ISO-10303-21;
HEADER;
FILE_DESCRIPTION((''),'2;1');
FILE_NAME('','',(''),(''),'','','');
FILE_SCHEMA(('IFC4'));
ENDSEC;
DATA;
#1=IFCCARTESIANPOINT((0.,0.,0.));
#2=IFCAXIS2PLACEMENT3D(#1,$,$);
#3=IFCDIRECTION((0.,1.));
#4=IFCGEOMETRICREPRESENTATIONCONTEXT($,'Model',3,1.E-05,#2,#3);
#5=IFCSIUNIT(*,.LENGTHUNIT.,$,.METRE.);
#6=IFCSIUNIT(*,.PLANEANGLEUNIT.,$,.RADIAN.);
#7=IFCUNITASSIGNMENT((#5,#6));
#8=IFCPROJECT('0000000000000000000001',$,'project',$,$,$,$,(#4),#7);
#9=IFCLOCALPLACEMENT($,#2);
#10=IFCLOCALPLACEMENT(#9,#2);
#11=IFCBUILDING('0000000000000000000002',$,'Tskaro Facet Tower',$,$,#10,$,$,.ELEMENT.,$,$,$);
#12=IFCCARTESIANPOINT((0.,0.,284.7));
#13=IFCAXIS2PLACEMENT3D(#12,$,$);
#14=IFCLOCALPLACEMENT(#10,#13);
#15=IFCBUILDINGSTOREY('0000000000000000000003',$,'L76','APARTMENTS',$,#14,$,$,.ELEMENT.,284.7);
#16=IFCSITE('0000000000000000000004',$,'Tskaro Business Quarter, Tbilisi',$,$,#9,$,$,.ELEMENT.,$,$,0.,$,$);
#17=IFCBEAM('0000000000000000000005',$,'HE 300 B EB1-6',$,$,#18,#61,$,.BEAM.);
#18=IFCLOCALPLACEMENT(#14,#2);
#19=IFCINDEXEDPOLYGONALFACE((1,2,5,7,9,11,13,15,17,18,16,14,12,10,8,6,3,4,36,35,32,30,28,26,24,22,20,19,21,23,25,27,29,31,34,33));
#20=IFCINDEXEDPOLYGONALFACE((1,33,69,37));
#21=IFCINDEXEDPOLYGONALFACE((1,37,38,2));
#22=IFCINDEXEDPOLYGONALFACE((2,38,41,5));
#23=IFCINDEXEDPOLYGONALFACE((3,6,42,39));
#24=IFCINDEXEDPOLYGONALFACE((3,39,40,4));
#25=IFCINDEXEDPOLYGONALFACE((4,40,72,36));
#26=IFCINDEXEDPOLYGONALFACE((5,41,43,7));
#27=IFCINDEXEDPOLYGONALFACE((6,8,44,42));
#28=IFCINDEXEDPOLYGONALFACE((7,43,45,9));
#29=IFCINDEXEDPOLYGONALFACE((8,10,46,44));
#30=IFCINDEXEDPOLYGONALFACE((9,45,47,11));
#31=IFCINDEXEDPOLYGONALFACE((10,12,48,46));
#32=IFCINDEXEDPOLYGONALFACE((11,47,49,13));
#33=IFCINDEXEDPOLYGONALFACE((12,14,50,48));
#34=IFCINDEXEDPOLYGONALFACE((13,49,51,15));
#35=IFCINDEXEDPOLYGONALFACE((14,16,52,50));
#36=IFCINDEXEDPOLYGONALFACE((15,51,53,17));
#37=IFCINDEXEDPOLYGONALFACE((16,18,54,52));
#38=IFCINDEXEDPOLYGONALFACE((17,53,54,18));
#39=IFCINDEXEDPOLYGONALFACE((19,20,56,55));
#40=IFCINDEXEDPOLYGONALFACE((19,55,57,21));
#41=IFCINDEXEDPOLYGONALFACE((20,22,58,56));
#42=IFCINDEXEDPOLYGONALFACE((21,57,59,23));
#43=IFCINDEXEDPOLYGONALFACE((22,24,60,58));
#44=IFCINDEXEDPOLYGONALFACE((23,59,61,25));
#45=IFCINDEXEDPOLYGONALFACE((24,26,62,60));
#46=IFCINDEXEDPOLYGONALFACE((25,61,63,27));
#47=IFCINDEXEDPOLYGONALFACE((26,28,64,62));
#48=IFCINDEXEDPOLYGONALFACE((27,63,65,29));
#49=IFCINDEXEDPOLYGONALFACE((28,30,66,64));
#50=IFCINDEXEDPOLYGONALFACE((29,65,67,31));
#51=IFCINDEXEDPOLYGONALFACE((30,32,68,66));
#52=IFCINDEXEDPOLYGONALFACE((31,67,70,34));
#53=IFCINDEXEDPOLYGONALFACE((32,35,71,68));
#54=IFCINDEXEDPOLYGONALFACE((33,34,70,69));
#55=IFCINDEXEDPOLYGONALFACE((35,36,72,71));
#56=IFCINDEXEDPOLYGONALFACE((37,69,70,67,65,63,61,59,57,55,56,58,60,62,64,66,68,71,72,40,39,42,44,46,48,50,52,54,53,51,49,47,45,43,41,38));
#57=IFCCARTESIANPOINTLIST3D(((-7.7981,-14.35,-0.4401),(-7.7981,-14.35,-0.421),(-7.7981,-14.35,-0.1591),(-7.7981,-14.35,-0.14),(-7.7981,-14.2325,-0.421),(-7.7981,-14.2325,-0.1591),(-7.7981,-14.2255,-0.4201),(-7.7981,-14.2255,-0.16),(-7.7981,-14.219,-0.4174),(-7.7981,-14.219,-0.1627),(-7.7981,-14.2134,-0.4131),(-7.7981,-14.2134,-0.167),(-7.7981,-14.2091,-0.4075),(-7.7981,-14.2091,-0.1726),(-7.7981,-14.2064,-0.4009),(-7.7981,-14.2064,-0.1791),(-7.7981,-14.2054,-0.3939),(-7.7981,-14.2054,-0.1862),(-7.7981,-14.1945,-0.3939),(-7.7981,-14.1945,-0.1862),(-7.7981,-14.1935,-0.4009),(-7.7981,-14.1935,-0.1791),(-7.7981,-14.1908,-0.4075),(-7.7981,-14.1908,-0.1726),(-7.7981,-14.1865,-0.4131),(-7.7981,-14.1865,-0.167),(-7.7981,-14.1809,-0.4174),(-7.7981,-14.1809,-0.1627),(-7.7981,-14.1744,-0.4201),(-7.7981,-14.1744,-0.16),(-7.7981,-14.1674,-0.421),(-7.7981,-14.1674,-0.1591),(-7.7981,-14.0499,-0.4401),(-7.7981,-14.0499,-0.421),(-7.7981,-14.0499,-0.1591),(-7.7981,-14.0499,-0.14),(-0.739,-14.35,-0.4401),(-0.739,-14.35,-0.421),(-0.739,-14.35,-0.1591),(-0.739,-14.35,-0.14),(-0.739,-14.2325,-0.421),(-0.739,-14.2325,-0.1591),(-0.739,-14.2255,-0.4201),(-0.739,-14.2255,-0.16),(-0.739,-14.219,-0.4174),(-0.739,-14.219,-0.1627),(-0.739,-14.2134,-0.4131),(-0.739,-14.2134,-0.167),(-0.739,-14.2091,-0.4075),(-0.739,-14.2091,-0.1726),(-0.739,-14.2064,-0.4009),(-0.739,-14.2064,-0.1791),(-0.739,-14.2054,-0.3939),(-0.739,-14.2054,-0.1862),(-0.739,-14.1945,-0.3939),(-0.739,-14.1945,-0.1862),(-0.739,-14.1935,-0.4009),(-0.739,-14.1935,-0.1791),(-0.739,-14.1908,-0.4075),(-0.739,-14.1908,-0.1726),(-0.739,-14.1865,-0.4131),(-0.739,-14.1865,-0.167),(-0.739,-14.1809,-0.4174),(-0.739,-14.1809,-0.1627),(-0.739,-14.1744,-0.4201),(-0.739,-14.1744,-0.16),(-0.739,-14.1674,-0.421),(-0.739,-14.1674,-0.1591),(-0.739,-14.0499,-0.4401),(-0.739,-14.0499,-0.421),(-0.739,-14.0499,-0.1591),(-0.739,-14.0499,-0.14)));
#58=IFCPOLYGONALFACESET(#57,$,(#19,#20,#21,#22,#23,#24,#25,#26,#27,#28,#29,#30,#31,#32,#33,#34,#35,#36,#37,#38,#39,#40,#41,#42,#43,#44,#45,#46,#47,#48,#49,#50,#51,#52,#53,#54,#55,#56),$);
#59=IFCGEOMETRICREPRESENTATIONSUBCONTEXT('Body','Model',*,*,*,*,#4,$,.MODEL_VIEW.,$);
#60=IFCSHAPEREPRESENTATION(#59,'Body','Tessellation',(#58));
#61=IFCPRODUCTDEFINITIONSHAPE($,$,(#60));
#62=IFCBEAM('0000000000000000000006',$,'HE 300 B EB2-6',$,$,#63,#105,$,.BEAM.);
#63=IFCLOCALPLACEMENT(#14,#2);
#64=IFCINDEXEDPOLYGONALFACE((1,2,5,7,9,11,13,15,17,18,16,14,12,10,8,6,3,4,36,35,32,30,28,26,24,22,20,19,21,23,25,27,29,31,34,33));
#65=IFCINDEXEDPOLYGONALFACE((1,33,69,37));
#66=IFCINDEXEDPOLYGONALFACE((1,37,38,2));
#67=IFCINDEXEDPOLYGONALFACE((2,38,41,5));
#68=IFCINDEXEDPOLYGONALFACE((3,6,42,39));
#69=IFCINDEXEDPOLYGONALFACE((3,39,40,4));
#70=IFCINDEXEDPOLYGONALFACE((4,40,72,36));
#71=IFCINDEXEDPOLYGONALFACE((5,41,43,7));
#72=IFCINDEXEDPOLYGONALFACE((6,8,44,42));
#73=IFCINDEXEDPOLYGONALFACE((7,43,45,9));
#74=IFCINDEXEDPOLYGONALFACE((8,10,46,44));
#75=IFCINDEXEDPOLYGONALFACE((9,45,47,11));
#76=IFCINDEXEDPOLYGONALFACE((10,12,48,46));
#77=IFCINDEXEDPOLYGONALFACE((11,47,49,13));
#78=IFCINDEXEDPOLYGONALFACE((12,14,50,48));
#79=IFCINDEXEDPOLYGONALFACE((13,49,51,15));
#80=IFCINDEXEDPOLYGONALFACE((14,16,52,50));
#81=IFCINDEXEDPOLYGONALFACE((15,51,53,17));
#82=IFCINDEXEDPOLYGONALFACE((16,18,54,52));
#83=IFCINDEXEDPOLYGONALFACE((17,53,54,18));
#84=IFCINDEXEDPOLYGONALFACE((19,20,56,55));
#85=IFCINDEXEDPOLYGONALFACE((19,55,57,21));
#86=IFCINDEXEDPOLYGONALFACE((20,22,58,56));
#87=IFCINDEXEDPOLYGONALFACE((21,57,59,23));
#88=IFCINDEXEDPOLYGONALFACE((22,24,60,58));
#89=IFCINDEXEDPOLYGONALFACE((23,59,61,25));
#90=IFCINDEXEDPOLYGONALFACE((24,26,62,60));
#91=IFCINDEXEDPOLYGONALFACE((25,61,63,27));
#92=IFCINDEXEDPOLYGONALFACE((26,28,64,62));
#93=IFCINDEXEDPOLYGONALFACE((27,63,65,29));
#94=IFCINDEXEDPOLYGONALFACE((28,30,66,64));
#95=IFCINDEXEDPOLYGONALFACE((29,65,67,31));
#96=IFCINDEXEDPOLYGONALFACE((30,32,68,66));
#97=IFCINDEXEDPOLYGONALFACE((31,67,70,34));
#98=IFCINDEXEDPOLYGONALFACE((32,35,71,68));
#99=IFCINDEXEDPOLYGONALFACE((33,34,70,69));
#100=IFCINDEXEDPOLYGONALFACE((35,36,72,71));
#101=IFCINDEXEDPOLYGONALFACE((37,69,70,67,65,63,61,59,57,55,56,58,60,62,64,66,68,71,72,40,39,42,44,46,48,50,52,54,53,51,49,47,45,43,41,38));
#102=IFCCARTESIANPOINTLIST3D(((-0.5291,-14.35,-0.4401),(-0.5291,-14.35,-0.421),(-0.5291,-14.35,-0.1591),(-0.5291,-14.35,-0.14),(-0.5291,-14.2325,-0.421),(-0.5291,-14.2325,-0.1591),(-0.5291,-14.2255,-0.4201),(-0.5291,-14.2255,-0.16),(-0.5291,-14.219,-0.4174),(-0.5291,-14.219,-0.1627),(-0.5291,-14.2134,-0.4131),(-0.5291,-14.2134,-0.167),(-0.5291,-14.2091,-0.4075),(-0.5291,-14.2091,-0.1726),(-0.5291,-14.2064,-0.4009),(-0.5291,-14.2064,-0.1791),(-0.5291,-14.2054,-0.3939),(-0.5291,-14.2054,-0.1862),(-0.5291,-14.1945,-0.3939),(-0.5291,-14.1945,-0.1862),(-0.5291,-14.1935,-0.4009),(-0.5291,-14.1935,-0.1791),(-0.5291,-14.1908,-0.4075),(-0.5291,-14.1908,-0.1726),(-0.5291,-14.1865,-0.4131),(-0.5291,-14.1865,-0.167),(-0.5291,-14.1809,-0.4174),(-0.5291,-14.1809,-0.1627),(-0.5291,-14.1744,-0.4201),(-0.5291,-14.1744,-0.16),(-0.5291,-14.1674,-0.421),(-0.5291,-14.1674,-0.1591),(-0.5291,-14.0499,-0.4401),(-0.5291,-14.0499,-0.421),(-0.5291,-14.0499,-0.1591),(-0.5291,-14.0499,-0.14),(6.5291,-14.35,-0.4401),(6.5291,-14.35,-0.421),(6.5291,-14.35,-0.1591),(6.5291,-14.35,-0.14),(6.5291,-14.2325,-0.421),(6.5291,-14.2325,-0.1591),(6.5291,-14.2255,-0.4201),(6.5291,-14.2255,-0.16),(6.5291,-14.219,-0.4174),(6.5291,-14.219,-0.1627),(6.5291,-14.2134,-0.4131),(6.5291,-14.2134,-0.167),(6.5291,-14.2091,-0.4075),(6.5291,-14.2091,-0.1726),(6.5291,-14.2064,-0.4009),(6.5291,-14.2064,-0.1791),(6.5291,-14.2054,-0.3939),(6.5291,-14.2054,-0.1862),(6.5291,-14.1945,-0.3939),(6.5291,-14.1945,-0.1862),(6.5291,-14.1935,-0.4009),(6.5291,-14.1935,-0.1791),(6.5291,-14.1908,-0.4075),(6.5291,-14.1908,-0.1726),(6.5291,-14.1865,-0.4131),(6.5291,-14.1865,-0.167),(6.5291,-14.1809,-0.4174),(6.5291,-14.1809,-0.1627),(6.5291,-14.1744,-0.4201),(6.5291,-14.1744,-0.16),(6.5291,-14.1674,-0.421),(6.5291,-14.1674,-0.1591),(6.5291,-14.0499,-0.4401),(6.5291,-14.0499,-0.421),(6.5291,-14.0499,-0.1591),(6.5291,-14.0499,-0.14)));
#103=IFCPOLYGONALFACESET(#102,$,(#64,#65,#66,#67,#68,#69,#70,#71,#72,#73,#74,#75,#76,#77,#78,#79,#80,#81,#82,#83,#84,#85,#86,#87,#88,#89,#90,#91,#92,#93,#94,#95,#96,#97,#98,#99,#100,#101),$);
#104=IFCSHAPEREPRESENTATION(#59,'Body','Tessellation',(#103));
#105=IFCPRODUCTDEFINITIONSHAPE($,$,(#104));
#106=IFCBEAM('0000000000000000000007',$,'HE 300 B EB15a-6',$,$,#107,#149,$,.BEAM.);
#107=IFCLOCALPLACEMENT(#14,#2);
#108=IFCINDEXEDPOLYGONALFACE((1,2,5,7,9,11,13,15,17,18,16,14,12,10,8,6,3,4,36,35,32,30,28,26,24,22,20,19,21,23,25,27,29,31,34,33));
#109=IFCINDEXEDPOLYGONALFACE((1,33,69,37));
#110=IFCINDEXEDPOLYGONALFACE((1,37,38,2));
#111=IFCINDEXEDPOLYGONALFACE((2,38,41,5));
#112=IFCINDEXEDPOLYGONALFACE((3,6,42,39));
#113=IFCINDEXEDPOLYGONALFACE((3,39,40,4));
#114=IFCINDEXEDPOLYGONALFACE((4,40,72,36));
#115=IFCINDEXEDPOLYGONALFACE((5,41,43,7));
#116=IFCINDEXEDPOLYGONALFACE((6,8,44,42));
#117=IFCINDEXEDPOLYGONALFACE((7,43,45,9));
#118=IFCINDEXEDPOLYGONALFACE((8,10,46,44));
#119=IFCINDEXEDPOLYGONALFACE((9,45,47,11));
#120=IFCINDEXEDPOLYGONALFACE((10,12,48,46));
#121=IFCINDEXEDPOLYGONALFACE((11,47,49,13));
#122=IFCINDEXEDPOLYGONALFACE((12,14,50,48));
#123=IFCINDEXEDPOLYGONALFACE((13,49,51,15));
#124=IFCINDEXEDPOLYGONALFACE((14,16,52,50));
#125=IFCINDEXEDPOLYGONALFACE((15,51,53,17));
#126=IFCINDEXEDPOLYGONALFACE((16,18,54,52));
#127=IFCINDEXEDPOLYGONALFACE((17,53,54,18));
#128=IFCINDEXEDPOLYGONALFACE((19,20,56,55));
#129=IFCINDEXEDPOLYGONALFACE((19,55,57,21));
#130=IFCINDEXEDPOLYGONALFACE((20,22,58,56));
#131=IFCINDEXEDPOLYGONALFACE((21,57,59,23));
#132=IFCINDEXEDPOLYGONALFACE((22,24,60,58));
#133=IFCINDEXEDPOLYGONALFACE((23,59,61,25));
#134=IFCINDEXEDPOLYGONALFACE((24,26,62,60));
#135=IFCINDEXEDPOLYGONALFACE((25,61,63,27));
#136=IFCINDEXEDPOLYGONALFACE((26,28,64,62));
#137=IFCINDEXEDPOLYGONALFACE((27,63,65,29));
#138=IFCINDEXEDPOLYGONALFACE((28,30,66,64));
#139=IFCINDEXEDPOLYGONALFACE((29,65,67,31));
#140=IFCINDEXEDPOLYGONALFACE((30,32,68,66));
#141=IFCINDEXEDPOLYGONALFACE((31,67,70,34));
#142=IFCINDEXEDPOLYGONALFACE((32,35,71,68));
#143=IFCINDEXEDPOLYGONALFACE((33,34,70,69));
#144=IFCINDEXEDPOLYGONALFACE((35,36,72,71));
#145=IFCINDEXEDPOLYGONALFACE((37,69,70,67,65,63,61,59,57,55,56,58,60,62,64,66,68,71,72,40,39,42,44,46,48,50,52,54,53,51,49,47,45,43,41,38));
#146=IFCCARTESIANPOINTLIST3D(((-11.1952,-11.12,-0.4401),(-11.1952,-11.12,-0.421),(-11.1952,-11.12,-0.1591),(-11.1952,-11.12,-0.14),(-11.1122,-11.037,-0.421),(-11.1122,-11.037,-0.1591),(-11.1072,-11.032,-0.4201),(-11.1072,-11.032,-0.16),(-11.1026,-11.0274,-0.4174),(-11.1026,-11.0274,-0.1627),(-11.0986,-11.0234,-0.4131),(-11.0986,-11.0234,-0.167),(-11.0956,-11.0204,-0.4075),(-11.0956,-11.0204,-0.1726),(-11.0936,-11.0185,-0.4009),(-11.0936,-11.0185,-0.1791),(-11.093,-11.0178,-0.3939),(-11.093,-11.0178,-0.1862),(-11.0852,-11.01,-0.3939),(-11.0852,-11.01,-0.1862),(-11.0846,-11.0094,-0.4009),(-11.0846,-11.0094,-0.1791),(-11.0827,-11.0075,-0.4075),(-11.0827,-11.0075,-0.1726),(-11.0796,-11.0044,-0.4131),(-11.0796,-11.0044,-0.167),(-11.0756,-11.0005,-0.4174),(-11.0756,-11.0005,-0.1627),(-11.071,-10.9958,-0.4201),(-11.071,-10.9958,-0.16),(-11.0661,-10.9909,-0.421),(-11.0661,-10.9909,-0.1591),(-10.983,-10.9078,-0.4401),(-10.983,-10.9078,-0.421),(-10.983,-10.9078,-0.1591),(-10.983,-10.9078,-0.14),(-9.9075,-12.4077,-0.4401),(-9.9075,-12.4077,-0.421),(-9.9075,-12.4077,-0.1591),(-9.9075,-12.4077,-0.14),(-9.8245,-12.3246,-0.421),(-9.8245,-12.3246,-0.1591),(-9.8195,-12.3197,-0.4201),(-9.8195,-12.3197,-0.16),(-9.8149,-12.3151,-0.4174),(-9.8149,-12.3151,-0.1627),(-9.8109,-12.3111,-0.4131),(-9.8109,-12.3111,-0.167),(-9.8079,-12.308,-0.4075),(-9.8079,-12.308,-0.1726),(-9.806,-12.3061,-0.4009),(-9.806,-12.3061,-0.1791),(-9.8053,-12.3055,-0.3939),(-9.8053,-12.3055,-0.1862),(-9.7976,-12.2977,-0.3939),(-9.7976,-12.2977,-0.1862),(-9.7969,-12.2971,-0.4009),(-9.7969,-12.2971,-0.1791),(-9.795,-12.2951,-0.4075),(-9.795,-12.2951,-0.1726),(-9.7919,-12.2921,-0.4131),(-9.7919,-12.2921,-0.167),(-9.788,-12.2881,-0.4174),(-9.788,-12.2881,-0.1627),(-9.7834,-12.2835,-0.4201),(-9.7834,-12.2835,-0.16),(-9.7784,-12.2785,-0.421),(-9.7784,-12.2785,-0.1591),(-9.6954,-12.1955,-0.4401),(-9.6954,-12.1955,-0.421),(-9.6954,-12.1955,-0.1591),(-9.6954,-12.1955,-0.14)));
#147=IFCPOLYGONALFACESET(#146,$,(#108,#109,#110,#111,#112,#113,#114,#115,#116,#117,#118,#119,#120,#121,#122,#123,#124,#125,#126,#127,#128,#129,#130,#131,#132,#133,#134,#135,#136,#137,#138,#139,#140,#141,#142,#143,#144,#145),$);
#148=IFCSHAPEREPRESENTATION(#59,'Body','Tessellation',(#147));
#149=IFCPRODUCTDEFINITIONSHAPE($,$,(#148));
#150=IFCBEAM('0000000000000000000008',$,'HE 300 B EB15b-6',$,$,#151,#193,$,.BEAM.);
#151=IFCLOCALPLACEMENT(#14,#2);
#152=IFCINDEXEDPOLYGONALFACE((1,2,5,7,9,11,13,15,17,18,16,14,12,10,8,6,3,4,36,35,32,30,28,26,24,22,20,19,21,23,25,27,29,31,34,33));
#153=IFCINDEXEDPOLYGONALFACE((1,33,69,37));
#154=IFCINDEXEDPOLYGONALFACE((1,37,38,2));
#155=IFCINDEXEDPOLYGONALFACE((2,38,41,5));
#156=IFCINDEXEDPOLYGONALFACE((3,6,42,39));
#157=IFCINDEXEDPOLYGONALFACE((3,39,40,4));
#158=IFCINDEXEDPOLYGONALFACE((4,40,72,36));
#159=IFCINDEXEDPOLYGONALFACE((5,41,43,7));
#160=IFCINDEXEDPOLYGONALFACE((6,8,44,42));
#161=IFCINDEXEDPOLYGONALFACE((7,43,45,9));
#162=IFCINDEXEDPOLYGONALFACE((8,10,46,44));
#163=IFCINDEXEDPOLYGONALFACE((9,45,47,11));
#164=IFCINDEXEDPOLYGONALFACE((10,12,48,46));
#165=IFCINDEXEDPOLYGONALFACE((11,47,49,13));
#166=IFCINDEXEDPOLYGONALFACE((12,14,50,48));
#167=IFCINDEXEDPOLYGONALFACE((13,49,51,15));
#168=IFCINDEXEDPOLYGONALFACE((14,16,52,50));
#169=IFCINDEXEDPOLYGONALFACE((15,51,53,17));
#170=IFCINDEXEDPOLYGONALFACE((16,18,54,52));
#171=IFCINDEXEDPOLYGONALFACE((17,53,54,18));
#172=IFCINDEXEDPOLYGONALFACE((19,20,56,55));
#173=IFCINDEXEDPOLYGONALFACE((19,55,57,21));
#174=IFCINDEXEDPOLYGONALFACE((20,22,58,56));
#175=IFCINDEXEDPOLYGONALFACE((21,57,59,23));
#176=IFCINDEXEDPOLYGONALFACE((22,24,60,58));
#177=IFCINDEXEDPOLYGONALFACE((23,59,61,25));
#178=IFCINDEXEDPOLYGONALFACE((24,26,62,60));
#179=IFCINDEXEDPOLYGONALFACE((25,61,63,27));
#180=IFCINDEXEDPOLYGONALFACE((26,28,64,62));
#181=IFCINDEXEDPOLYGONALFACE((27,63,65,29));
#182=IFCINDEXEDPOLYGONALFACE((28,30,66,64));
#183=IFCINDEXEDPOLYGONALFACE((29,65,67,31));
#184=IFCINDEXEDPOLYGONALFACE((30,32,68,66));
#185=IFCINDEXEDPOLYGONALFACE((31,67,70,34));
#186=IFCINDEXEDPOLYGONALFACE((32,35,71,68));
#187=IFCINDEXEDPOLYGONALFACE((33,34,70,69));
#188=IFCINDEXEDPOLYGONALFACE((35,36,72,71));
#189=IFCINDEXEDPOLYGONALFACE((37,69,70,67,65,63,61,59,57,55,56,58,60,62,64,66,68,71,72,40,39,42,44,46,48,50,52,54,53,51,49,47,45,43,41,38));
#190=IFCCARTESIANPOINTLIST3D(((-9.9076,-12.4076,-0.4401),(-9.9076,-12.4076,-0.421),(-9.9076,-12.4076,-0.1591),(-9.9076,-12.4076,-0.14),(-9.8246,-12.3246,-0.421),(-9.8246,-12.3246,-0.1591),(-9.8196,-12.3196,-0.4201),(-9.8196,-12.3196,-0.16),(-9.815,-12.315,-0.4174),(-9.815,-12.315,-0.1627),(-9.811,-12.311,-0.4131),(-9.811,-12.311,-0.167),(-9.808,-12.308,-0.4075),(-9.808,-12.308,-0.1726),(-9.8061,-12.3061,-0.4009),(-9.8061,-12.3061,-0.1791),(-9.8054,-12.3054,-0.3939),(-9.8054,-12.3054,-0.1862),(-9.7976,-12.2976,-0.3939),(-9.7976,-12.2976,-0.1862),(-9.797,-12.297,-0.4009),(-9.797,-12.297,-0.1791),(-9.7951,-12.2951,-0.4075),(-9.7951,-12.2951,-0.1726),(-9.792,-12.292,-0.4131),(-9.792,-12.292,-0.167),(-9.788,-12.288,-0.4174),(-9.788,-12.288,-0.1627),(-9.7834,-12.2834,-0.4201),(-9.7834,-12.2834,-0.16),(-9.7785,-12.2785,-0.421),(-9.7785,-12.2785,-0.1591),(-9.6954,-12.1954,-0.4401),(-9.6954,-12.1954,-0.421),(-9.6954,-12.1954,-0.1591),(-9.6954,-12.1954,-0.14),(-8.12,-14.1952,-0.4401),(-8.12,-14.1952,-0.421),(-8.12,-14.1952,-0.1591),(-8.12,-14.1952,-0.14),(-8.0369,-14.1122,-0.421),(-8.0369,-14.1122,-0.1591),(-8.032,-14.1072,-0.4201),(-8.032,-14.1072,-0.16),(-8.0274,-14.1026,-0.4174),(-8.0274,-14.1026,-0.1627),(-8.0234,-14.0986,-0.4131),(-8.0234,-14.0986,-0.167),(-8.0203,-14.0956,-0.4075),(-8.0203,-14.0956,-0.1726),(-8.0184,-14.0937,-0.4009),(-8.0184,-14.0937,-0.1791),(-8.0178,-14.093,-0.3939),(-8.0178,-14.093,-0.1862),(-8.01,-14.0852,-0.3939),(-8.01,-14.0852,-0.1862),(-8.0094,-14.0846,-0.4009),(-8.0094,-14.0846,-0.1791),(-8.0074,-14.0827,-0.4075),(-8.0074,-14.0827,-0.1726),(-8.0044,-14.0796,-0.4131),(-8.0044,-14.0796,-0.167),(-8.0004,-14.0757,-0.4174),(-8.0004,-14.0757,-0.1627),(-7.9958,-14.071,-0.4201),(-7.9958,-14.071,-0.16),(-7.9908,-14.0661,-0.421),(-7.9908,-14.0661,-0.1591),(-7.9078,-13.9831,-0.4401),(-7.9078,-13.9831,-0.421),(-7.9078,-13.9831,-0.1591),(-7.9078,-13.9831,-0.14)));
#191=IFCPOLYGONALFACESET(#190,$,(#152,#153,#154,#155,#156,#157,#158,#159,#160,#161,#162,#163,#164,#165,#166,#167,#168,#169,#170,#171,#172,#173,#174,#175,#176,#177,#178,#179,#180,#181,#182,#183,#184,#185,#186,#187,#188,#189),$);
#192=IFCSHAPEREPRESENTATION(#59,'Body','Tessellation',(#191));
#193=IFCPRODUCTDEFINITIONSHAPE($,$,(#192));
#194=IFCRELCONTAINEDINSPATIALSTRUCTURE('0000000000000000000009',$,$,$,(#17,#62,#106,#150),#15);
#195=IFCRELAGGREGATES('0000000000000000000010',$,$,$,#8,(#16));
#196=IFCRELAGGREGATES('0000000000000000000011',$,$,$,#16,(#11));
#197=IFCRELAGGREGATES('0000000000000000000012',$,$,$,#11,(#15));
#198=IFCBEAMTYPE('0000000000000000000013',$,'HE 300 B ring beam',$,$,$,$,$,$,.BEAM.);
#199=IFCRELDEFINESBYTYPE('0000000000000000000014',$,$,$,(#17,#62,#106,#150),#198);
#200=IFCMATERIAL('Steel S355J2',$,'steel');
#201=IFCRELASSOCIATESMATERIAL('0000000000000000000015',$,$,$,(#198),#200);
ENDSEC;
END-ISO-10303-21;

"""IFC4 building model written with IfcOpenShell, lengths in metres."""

from ifc_helpers import new_model, si_unit, direction, frame, origin, origin_2d, place, context, subcontext, project, spatial, i_section, extrude, material, material_profile, profile_set, type_object, element, save


model = new_model("IFC4")

# Units and contexts
model_context = context("Model", 3, precision=1e-05, world=origin(), true_north=direction((0.0, 1.0)))
body_context = subcontext(model_context, "Body", "Model", "MODEL_VIEW")
ifc_project = project(units=[si_unit("LENGTHUNIT", "METRE"), si_unit("PLANEANGLEUNIT", "RADIAN")], contexts=[model_context])

# Site, building, storey
site_placement = place(None, origin())
site = spatial("IfcSite", under=ifc_project, at=site_placement, Name="Tskaro Business Quarter, Tbilisi", CompositionType="ELEMENT", RefElevation=0.0)
building_placement = place(site_placement, origin())
building = spatial("IfcBuilding", under=site, at=building_placement, Name="Tskaro Facet Tower", CompositionType="ELEMENT")
storey_placement = place(building_placement, frame((0.0, 0.0, 284.7)))
storey = spatial("IfcBuildingStorey", under=building, at=storey_placement, Name="L76", Description="APARTMENTS", CompositionType="ELEMENT", Elevation=284.7)

# Shared definitions
ifc_material_1 = material(Name="Steel S355J2", Category="steel")

# Beams
ifc_material_profile_1 = material_profile(ifc_material_1, i_section(OverallWidth=0.3, OverallDepth=0.3, WebThickness=0.011, FlangeThickness=0.019, FilletRadius=0.0271, at=origin_2d()), Name="HE 300 B")
ifc_profile_set_1 = profile_set([ifc_material_profile_1], Name="Steel S355J2")
beam_type_1 = type_object("IfcBeamType", Name="HE 300 B ring beam", PredefinedType="BEAM", material=ifc_profile_set_1)
beam_1_placement = place(storey_placement, frame((-7.7981, -14.2, -0.29), z_axis=(1.0, 0.0, 0.0), x_axis=(0.0, 1.0, 0.0)))
element("IfcBeam", 1, at=beam_1_placement, inside=storey, type_object=beam_type_1, Name="HE 300 B EB1-6", PredefinedType="BEAM", context=body_context, shape_type="SweptSolid", body=[
    extrude(i_section(OverallWidth=0.3, OverallDepth=0.3, WebThickness=0.011, FlangeThickness=0.019, FilletRadius=0.0271, at=origin_2d()), origin(), (0.0, 0.0, 1.0), 7.0591),
])
beam_2_placement = place(storey_placement, frame((-0.5291, -14.2, -0.29), z_axis=(1.0, 0.0, 0.0), x_axis=(0.0, 1.0, 0.0)))
element("IfcBeam", 2, at=beam_2_placement, inside=storey, type_object=beam_type_1, Name="HE 300 B EB2-6", PredefinedType="BEAM", context=body_context, shape_type="SweptSolid", body=[
    extrude(i_section(OverallWidth=0.3, OverallDepth=0.3, WebThickness=0.011, FlangeThickness=0.019, FilletRadius=0.0271, at=origin_2d()), origin(), (0.0, 0.0, 1.0), 7.0581),
])
beam_3_placement = place(storey_placement, frame((-11.0891, -11.0139, -0.29), z_axis=(0.707107, -0.707107, 0.0), x_axis=(0.707107, 0.707107, 0.0)))
element("IfcBeam", 3, at=beam_3_placement, inside=storey, type_object=beam_type_1, Name="HE 300 B EB15a-6", PredefinedType="BEAM", context=body_context, shape_type="SweptSolid", body=[
    extrude(i_section(OverallWidth=0.3, OverallDepth=0.3, WebThickness=0.011, FlangeThickness=0.019, FilletRadius=0.0271, at=origin_2d()), origin(), (0.0, 0.0, 1.0), 1.821),
])
beam_4_placement = place(storey_placement, frame((-9.8015, -12.3015, -0.29), z_axis=(0.707107, -0.707107, 0.0), x_axis=(0.707107, 0.707107, 0.0)))
element("IfcBeam", 4, at=beam_4_placement, inside=storey, type_object=beam_type_1, Name="HE 300 B EB15b-6", PredefinedType="BEAM", context=body_context, shape_type="SweptSolid", body=[
    extrude(i_section(OverallWidth=0.3, OverallDepth=0.3, WebThickness=0.011, FlangeThickness=0.019, FilletRadius=0.0271, at=origin_2d()), origin(), (0.0, 0.0, 1.0), 2.5281),
])

save(model, "model.ifc")
